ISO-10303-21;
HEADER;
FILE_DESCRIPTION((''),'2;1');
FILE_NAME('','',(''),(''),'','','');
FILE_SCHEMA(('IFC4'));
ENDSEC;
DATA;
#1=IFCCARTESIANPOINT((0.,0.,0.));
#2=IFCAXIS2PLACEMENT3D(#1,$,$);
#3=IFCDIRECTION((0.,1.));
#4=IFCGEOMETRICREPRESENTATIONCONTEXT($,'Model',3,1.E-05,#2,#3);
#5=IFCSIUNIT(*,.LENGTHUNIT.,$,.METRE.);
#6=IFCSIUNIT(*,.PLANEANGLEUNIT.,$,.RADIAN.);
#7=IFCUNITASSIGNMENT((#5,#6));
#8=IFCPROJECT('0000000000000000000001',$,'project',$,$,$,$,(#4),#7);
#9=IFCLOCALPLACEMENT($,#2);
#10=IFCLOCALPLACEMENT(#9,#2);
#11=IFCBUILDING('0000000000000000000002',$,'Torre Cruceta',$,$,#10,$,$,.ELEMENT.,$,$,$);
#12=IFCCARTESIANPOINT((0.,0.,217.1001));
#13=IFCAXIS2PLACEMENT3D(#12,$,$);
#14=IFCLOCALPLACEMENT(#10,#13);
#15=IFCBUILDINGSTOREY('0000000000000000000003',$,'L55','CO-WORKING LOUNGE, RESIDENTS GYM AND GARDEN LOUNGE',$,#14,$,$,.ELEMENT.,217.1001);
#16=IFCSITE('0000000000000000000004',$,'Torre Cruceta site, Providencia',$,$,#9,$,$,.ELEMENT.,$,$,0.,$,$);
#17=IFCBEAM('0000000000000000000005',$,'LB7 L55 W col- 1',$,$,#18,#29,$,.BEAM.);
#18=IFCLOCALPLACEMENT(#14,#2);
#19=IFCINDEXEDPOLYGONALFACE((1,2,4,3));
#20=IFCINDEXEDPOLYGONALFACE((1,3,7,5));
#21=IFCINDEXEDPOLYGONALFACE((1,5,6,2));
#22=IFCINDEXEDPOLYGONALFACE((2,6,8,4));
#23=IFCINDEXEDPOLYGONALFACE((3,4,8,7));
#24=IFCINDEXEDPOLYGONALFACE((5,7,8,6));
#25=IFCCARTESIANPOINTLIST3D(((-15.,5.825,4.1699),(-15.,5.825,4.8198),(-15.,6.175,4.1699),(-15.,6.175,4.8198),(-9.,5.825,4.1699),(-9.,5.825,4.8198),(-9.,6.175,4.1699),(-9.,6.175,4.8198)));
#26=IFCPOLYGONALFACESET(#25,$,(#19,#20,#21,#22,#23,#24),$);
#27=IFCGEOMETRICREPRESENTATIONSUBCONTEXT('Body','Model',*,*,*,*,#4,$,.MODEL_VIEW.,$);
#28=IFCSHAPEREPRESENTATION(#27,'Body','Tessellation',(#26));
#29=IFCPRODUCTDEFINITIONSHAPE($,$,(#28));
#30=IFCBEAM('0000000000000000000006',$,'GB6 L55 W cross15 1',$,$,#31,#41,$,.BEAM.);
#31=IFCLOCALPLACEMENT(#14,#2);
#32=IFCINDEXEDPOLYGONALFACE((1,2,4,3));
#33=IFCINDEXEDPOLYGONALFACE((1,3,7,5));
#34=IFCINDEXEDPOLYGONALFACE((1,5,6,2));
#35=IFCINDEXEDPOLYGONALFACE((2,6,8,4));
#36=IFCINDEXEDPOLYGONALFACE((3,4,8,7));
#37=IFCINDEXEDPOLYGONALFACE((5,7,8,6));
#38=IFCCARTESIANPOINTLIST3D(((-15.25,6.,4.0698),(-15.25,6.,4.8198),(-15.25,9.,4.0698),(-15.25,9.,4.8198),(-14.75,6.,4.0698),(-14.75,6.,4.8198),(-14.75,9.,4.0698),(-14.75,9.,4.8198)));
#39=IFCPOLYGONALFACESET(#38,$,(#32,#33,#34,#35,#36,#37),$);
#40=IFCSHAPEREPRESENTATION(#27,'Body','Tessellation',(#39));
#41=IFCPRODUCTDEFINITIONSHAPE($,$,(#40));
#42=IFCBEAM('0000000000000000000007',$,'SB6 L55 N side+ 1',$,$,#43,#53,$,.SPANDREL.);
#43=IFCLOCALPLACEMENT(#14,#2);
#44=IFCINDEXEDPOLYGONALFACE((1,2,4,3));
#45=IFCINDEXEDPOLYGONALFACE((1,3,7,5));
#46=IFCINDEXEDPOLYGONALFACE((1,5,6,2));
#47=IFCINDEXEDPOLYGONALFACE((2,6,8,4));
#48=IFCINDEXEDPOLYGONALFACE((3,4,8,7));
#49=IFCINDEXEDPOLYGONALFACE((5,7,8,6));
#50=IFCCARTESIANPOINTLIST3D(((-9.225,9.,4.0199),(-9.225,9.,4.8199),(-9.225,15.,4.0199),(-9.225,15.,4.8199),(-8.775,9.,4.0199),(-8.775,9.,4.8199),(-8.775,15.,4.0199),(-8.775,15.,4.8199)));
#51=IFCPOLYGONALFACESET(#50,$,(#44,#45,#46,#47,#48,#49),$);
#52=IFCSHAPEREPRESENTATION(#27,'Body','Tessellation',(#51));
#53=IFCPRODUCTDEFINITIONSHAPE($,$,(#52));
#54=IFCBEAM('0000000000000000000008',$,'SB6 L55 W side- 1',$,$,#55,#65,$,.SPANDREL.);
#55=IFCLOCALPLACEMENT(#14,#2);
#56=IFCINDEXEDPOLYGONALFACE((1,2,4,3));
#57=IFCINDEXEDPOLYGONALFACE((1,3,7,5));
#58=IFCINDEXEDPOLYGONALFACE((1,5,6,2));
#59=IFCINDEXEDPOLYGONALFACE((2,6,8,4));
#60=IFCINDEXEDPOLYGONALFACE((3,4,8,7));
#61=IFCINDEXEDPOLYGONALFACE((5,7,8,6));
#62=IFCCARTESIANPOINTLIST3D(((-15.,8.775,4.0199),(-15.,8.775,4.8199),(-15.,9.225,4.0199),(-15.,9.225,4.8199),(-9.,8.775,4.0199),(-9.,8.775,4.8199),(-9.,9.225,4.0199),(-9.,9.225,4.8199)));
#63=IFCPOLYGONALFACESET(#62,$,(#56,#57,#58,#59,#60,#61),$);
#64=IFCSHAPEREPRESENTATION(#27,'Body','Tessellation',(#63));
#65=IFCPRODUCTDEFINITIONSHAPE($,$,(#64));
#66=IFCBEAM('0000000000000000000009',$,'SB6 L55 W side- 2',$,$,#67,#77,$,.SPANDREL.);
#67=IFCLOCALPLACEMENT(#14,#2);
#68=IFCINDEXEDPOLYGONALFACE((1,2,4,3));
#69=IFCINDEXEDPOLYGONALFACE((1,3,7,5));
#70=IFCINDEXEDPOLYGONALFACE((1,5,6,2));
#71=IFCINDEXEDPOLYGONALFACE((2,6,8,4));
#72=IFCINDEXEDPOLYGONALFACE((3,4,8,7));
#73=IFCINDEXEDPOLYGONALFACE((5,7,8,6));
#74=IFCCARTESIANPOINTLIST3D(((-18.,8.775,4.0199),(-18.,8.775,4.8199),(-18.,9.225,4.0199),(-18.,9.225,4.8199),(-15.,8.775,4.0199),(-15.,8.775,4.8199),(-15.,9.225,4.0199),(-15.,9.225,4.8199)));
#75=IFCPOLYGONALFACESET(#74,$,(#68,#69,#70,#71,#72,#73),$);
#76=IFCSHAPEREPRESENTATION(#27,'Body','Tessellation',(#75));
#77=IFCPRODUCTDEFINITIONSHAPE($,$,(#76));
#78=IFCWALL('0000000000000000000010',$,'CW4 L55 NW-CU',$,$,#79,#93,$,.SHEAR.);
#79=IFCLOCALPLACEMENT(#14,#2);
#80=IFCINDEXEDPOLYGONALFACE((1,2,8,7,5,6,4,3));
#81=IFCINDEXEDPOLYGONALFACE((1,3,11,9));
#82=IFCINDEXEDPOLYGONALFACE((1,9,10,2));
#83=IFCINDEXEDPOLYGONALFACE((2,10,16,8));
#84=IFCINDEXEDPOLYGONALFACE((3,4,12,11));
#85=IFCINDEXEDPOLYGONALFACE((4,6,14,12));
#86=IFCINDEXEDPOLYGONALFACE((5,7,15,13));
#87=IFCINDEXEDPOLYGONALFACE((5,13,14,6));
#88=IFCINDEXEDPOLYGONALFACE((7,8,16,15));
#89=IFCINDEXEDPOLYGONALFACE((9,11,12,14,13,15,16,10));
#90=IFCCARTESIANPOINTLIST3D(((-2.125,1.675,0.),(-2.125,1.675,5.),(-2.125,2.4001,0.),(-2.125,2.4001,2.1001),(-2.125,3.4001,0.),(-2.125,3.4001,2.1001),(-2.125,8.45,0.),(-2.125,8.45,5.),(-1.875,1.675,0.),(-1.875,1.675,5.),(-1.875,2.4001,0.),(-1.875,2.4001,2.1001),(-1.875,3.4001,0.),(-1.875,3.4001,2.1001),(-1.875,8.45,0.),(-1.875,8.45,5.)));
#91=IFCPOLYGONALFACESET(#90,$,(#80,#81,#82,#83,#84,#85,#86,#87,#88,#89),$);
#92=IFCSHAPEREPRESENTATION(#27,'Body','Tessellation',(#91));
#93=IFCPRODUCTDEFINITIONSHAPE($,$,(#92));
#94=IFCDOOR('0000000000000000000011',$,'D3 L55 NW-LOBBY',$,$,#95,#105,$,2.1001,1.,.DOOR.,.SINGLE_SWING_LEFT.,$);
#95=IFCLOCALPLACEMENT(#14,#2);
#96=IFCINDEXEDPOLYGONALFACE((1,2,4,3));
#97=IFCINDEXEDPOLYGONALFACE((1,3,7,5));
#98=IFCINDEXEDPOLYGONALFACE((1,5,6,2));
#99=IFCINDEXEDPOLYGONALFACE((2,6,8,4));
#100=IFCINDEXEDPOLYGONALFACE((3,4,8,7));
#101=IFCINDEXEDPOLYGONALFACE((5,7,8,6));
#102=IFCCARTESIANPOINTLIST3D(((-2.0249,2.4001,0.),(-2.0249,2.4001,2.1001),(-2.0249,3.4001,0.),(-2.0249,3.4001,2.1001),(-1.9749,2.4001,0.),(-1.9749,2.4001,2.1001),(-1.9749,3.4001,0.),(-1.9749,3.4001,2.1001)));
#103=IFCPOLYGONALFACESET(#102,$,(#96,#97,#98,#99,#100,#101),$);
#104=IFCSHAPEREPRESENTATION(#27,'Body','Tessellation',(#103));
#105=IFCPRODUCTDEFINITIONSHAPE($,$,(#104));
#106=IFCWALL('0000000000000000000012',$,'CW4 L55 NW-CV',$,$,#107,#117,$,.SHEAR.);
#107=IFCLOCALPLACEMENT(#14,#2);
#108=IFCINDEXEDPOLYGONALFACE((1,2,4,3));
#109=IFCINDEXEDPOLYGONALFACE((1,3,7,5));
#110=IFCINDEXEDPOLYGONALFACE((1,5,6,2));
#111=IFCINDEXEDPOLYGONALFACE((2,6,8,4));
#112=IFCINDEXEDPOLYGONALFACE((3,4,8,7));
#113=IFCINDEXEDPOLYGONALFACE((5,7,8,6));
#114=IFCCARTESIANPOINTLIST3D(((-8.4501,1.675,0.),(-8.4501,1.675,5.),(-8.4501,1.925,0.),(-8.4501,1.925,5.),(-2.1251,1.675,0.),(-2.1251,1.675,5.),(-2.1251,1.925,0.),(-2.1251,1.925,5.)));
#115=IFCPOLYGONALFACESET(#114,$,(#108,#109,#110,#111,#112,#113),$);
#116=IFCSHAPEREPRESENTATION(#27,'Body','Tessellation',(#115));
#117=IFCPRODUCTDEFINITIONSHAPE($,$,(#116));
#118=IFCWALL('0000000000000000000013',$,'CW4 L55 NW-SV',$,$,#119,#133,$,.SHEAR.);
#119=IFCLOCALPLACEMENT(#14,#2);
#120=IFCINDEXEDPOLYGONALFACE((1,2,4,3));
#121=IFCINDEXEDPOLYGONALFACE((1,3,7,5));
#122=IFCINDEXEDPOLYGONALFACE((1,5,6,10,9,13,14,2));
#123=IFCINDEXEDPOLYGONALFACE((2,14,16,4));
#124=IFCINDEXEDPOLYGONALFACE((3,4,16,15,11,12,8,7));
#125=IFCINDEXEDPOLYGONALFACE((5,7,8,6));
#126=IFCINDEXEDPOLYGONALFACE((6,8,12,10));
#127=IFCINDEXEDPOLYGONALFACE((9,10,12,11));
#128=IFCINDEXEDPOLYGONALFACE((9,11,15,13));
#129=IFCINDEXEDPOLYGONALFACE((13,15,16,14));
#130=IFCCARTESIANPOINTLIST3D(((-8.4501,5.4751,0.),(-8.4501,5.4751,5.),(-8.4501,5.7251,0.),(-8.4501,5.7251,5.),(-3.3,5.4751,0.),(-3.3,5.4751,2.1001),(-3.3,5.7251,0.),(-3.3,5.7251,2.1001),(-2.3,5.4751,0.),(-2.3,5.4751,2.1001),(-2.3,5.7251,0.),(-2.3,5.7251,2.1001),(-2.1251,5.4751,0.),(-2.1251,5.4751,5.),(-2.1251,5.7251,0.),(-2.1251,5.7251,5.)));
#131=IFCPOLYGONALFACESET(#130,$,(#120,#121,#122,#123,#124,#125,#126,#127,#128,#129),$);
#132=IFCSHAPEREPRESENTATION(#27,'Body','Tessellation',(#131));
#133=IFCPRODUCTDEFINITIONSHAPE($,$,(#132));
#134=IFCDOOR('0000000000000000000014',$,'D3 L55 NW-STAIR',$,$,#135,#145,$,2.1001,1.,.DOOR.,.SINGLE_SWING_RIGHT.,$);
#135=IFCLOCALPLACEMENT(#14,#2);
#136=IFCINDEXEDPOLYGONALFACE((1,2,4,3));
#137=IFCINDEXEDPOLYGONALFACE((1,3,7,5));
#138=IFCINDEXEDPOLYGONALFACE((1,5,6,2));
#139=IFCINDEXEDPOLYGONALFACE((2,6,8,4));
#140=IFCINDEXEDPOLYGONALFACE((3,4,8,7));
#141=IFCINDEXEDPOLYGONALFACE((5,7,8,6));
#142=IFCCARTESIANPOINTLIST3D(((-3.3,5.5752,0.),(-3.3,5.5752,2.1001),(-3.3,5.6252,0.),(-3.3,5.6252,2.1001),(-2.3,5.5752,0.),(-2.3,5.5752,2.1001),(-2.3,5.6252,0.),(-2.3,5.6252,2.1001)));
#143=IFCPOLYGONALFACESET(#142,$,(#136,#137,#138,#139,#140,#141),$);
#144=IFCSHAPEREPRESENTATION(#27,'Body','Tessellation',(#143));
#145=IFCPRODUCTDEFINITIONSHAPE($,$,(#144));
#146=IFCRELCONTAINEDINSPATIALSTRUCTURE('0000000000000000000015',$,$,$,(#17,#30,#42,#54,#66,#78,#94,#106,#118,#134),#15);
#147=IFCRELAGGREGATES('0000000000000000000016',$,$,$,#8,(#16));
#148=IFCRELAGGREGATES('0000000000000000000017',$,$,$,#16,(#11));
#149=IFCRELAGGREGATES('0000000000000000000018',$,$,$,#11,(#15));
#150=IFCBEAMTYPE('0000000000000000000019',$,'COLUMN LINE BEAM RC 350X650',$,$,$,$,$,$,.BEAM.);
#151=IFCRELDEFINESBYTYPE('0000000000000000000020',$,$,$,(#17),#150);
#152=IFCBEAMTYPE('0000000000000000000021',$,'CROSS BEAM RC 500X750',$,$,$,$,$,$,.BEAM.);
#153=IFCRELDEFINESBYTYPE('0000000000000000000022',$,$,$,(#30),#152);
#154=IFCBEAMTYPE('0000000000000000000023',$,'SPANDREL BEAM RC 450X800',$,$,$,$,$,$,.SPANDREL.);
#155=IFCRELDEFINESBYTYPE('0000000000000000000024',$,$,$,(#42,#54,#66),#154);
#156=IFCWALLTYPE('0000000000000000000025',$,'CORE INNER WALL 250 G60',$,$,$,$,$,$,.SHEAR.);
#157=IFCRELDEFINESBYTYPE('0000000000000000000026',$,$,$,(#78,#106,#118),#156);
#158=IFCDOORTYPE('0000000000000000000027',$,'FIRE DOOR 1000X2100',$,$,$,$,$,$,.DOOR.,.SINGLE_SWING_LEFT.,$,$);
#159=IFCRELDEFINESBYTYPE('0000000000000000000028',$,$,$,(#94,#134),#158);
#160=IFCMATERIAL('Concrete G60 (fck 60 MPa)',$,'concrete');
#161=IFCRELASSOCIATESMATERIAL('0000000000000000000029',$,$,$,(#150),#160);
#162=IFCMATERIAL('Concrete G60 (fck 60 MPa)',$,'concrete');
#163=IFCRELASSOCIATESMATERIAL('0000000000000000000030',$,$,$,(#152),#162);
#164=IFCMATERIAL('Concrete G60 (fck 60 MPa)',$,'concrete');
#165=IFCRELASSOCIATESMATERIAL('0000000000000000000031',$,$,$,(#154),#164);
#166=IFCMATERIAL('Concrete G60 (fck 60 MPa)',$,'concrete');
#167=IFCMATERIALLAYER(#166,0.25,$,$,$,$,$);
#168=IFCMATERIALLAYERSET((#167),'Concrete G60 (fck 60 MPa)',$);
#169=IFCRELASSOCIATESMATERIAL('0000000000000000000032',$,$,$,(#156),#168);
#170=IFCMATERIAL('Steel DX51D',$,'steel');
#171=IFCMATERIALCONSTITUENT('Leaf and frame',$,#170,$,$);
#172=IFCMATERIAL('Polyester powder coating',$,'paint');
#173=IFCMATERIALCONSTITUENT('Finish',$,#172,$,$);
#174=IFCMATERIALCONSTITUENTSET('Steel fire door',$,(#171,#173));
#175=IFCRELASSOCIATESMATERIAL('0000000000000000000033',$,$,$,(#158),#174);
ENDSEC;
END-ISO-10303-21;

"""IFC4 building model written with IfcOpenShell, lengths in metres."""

from ifc_helpers import new_model, si_unit, direction, frame, frame_2d, origin, origin_2d, place, context, subcontext, project, spatial, rectangle, extrude, material, layer, layer_set, constituent, constituent_set, material_profile, profile_set, type_object, element, fill, save


model = new_model("IFC4")

# Units and contexts
model_context = context("Model", 3, precision=1e-05, world=origin(), true_north=direction((0.0, 1.0)))
body_context = subcontext(model_context, "Body", "Model", "MODEL_VIEW")
ifc_project = project(units=[si_unit("LENGTHUNIT", "METRE"), si_unit("PLANEANGLEUNIT", "RADIAN")], contexts=[model_context])

# Site, building, storey
site_placement = place(None, origin())
site = spatial("IfcSite", under=ifc_project, at=site_placement, Name="Torre Cruceta site, Providencia", CompositionType="ELEMENT", RefElevation=0.0)
building_placement = place(site_placement, origin())
building = spatial("IfcBuilding", under=site, at=building_placement, Name="Torre Cruceta", CompositionType="ELEMENT")
storey_placement = place(building_placement, frame((0.0, 0.0, 217.1001)))
storey = spatial("IfcBuildingStorey", under=building, at=storey_placement, Name="L55", Description="CO-WORKING LOUNGE, RESIDENTS GYM AND GARDEN LOUNGE", CompositionType="ELEMENT", Elevation=217.1001)

# Beams
ifc_material_1 = material(Name="Concrete G60 (fck 60 MPa)", Category="concrete")
ifc_material_profile_1 = material_profile(ifc_material_1, rectangle(XDim=0.3501, YDim=0.6499, at=origin_2d()), Name="RC 350X650")
ifc_profile_set_1 = profile_set([ifc_material_profile_1], Name="Concrete G60 (fck 60 MPa)")
beam_type_1 = type_object("IfcBeamType", Name="COLUMN LINE BEAM RC 350X650", PredefinedType="BEAM", material=ifc_profile_set_1)
beam_1_placement = place(storey_placement, frame((-9.0, 6.0, 4.4949), z_axis=(-1.0, 0.0, 0.0), x_axis=(0.0, -1.0, 0.0)))
element("IfcBeam", 1, at=beam_1_placement, inside=storey, type_object=beam_type_1, Name="LB7 L55 W col- 1", PredefinedType="BEAM", context=body_context, shape_type="SweptSolid", body=[
    extrude(rectangle(XDim=0.3501, YDim=0.6499, at=origin_2d()), origin(), (0.0, 0.0, 1.0), 6.0),
])
ifc_material_2 = material(Name="Concrete G60 (fck 60 MPa)", Category="concrete")
ifc_material_profile_2 = material_profile(ifc_material_2, rectangle(XDim=0.5, YDim=0.75, at=origin_2d()), Name="RC 500X750")
ifc_profile_set_2 = profile_set([ifc_material_profile_2], Name="Concrete G60 (fck 60 MPa)")
beam_type_2 = type_object("IfcBeamType", Name="CROSS BEAM RC 500X750", PredefinedType="BEAM", material=ifc_profile_set_2)
beam_2_placement = place(storey_placement, frame((-15.0, 9.0, 4.4448), z_axis=(0.0, -1.0, 0.0), x_axis=(1.0, 0.0, 0.0)))
element("IfcBeam", 2, at=beam_2_placement, inside=storey, type_object=beam_type_2, Name="GB6 L55 W cross15 1", PredefinedType="BEAM", context=body_context, shape_type="SweptSolid", body=[
    extrude(rectangle(XDim=0.5, YDim=0.75, at=origin_2d()), origin(), (0.0, 0.0, 1.0), 3.0),
])
ifc_material_3 = material(Name="Concrete G60 (fck 60 MPa)", Category="concrete")
ifc_material_profile_3 = material_profile(ifc_material_3, rectangle(XDim=0.45, YDim=0.8, at=origin_2d()), Name="RC 450X800")
ifc_profile_set_3 = profile_set([ifc_material_profile_3], Name="Concrete G60 (fck 60 MPa)")
beam_type_3 = type_object("IfcBeamType", Name="SPANDREL BEAM RC 450X800", PredefinedType="SPANDREL", material=ifc_profile_set_3)
for number, where, z_axis, x_axis, name in (
    (3, (-9.0, 9.0, 4.4199), (0.0, 1.0, 0.0), (-1.0, 0.0, 0.0), "SB6 L55 N side+ 1"),
    (4, (-9.0, 9.0, 4.4199), (-1.0, 0.0, 0.0), (0.0, -1.0, 0.0), "SB6 L55 W side- 1"),
):
    element("IfcBeam", number, at=place(storey_placement, frame(where, z_axis=z_axis, x_axis=x_axis)), inside=storey, type_object=beam_type_3, Name=name, PredefinedType="SPANDREL", context=body_context, shape_type="SweptSolid", body=[
        extrude(rectangle(XDim=0.45, YDim=0.8, at=origin_2d()), origin(), (0.0, 0.0, 1.0), 6.0),
    ])
beam_3_placement = place(storey_placement, frame((-15.0, 9.0, 4.4199), z_axis=(-1.0, 0.0, 0.0), x_axis=(0.0, -1.0, 0.0)))
element("IfcBeam", 5, at=beam_3_placement, inside=storey, type_object=beam_type_3, Name="SB6 L55 W side- 2", PredefinedType="SPANDREL", context=body_context, shape_type="SweptSolid", body=[
    extrude(rectangle(XDim=0.45, YDim=0.8, at=origin_2d()), origin(), (0.0, 0.0, 1.0), 3.0),
])

# Wall, opening, door
ifc_material_4 = material(Name="Concrete G60 (fck 60 MPa)", Category="concrete")
ifc_layer_1 = layer(ifc_material_4, 0.25)
ifc_layer_set_1 = layer_set([ifc_layer_1], Name="Concrete G60 (fck 60 MPa)")
wall_type_1 = type_object("IfcWallType", Name="CORE INNER WALL 250 G60", PredefinedType="SHEAR", material=ifc_layer_set_1)
wall_1_placement = place(storey_placement, frame((-2.0, 1.675, 0.0), z_axis=(0.0, 0.0, 1.0), x_axis=(0.0, 1.0, 0.0)))
wall_1 = element("IfcWall", 6, at=wall_1_placement, inside=storey, type_object=wall_type_1, Name="CW4 L55 NW-CU", PredefinedType="SHEAR", context=body_context, shape_type="SweptSolid", body=[
    extrude(rectangle(XDim=6.7749, YDim=0.25, at=frame_2d((3.3875, 0.0))), origin(), (0.0, 0.0, 1.0), 5.0),
])
opening_1_placement = place(wall_1_placement, frame((0.7251, 0.0, 0.0)))
opening_1 = element("IfcOpeningElement", 7, at=opening_1_placement, cuts=wall_1, PredefinedType="OPENING", context=body_context, shape_type="SweptSolid", body=[
    extrude(rectangle(XDim=1.0, YDim=2.1001, at=frame_2d((0.5, 1.05))), frame((0.0, 0.135, 0.0), z_axis=(0.0, -1.0, 0.0), x_axis=(1.0, 0.0, 0.0)), (0.0, 0.0, 1.0), 0.27),
])
ifc_material_5 = material(Name="Steel DX51D", Category="steel")
ifc_constituent_1 = constituent(ifc_material_5, Name="Leaf and frame")
ifc_material_6 = material(Name="Polyester powder coating", Category="paint")
ifc_constituent_2 = constituent(ifc_material_6, Name="Finish")
ifc_constituent_set_1 = constituent_set(constituents=[ifc_constituent_1, ifc_constituent_2], Name="Steel fire door")
door_type_1 = type_object("IfcDoorType", Name="FIRE DOOR 1000X2100", OperationType="SINGLE_SWING_LEFT", PredefinedType="DOOR", material=ifc_constituent_set_1)
door_1_placement = place(opening_1_placement, origin())
door_1 = element("IfcDoor", 8, at=door_1_placement, inside=storey, type_object=door_type_1, Name="D3 L55 NW-LOBBY", OperationType="SINGLE_SWING_LEFT", OverallHeight=2.1001, OverallWidth=1.0, PredefinedType="DOOR", context=body_context, shape_type="SweptSolid", body=[
    extrude(rectangle(XDim=1.0, YDim=2.1001, at=frame_2d((0.5, 1.05))), frame((0.0, 0.0249, 0.0), z_axis=(0.0, -1.0, 0.0), x_axis=(1.0, 0.0, 0.0)), (0.0, 0.0, 1.0), 0.05),
])
fill(opening_1, door_1)

# Wall
wall_2_placement = place(storey_placement, frame((-2.125, 1.8, 0.0), z_axis=(0.0, 0.0, 1.0), x_axis=(-1.0, 0.0, 0.0)))
element("IfcWall", 9, at=wall_2_placement, inside=storey, type_object=wall_type_1, Name="CW4 L55 NW-CV", PredefinedType="SHEAR", context=body_context, shape_type="SweptSolid", body=[
    extrude(rectangle(XDim=6.325, YDim=0.25, at=frame_2d((3.1626, 0.0))), origin(), (0.0, 0.0, 1.0), 5.0),
])

# Wall, opening, door
wall_3_placement = place(storey_placement, frame((-2.125, 5.6001, 0.0), z_axis=(0.0, 0.0, 1.0), x_axis=(-1.0, 0.0, 0.0)))
wall_3 = element("IfcWall", 10, at=wall_3_placement, inside=storey, type_object=wall_type_1, Name="CW4 L55 NW-SV", PredefinedType="SHEAR", context=body_context, shape_type="SweptSolid", body=[
    extrude(rectangle(XDim=6.325, YDim=0.25, at=frame_2d((3.1626, 0.0))), origin(), (0.0, 0.0, 1.0), 5.0),
])
opening_2_placement = place(wall_3_placement, frame((0.175, 0.0, 0.0)))
opening_2 = element("IfcOpeningElement", 11, at=opening_2_placement, cuts=wall_3, PredefinedType="OPENING", context=body_context, shape_type="SweptSolid", body=[
    extrude(rectangle(XDim=1.0, YDim=2.1001, at=frame_2d((0.5, 1.05))), frame((0.0, 0.135, 0.0), z_axis=(0.0, -1.0, 0.0), x_axis=(1.0, 0.0, 0.0)), (0.0, 0.0, 1.0), 0.27),
])
door_2_placement = place(opening_2_placement, frame((1.0, 0.0, 0.0), z_axis=(0.0, 0.0, 1.0), x_axis=(-1.0, 0.0, 0.0)))
door_2 = element("IfcDoor", 12, at=door_2_placement, inside=storey, type_object=door_type_1, Name="D3 L55 NW-STAIR", OperationType="SINGLE_SWING_RIGHT", OverallHeight=2.1001, OverallWidth=1.0, PredefinedType="DOOR", context=body_context, shape_type="SweptSolid", body=[
    extrude(rectangle(XDim=1.0, YDim=2.1001, at=frame_2d((0.5, 1.05))), frame((0.0, 0.0251, 0.0), z_axis=(0.0, -1.0, 0.0), x_axis=(1.0, 0.0, 0.0)), (0.0, 0.0, 1.0), 0.05),
])
fill(opening_2, door_2)

save(model, "model.ifc")
